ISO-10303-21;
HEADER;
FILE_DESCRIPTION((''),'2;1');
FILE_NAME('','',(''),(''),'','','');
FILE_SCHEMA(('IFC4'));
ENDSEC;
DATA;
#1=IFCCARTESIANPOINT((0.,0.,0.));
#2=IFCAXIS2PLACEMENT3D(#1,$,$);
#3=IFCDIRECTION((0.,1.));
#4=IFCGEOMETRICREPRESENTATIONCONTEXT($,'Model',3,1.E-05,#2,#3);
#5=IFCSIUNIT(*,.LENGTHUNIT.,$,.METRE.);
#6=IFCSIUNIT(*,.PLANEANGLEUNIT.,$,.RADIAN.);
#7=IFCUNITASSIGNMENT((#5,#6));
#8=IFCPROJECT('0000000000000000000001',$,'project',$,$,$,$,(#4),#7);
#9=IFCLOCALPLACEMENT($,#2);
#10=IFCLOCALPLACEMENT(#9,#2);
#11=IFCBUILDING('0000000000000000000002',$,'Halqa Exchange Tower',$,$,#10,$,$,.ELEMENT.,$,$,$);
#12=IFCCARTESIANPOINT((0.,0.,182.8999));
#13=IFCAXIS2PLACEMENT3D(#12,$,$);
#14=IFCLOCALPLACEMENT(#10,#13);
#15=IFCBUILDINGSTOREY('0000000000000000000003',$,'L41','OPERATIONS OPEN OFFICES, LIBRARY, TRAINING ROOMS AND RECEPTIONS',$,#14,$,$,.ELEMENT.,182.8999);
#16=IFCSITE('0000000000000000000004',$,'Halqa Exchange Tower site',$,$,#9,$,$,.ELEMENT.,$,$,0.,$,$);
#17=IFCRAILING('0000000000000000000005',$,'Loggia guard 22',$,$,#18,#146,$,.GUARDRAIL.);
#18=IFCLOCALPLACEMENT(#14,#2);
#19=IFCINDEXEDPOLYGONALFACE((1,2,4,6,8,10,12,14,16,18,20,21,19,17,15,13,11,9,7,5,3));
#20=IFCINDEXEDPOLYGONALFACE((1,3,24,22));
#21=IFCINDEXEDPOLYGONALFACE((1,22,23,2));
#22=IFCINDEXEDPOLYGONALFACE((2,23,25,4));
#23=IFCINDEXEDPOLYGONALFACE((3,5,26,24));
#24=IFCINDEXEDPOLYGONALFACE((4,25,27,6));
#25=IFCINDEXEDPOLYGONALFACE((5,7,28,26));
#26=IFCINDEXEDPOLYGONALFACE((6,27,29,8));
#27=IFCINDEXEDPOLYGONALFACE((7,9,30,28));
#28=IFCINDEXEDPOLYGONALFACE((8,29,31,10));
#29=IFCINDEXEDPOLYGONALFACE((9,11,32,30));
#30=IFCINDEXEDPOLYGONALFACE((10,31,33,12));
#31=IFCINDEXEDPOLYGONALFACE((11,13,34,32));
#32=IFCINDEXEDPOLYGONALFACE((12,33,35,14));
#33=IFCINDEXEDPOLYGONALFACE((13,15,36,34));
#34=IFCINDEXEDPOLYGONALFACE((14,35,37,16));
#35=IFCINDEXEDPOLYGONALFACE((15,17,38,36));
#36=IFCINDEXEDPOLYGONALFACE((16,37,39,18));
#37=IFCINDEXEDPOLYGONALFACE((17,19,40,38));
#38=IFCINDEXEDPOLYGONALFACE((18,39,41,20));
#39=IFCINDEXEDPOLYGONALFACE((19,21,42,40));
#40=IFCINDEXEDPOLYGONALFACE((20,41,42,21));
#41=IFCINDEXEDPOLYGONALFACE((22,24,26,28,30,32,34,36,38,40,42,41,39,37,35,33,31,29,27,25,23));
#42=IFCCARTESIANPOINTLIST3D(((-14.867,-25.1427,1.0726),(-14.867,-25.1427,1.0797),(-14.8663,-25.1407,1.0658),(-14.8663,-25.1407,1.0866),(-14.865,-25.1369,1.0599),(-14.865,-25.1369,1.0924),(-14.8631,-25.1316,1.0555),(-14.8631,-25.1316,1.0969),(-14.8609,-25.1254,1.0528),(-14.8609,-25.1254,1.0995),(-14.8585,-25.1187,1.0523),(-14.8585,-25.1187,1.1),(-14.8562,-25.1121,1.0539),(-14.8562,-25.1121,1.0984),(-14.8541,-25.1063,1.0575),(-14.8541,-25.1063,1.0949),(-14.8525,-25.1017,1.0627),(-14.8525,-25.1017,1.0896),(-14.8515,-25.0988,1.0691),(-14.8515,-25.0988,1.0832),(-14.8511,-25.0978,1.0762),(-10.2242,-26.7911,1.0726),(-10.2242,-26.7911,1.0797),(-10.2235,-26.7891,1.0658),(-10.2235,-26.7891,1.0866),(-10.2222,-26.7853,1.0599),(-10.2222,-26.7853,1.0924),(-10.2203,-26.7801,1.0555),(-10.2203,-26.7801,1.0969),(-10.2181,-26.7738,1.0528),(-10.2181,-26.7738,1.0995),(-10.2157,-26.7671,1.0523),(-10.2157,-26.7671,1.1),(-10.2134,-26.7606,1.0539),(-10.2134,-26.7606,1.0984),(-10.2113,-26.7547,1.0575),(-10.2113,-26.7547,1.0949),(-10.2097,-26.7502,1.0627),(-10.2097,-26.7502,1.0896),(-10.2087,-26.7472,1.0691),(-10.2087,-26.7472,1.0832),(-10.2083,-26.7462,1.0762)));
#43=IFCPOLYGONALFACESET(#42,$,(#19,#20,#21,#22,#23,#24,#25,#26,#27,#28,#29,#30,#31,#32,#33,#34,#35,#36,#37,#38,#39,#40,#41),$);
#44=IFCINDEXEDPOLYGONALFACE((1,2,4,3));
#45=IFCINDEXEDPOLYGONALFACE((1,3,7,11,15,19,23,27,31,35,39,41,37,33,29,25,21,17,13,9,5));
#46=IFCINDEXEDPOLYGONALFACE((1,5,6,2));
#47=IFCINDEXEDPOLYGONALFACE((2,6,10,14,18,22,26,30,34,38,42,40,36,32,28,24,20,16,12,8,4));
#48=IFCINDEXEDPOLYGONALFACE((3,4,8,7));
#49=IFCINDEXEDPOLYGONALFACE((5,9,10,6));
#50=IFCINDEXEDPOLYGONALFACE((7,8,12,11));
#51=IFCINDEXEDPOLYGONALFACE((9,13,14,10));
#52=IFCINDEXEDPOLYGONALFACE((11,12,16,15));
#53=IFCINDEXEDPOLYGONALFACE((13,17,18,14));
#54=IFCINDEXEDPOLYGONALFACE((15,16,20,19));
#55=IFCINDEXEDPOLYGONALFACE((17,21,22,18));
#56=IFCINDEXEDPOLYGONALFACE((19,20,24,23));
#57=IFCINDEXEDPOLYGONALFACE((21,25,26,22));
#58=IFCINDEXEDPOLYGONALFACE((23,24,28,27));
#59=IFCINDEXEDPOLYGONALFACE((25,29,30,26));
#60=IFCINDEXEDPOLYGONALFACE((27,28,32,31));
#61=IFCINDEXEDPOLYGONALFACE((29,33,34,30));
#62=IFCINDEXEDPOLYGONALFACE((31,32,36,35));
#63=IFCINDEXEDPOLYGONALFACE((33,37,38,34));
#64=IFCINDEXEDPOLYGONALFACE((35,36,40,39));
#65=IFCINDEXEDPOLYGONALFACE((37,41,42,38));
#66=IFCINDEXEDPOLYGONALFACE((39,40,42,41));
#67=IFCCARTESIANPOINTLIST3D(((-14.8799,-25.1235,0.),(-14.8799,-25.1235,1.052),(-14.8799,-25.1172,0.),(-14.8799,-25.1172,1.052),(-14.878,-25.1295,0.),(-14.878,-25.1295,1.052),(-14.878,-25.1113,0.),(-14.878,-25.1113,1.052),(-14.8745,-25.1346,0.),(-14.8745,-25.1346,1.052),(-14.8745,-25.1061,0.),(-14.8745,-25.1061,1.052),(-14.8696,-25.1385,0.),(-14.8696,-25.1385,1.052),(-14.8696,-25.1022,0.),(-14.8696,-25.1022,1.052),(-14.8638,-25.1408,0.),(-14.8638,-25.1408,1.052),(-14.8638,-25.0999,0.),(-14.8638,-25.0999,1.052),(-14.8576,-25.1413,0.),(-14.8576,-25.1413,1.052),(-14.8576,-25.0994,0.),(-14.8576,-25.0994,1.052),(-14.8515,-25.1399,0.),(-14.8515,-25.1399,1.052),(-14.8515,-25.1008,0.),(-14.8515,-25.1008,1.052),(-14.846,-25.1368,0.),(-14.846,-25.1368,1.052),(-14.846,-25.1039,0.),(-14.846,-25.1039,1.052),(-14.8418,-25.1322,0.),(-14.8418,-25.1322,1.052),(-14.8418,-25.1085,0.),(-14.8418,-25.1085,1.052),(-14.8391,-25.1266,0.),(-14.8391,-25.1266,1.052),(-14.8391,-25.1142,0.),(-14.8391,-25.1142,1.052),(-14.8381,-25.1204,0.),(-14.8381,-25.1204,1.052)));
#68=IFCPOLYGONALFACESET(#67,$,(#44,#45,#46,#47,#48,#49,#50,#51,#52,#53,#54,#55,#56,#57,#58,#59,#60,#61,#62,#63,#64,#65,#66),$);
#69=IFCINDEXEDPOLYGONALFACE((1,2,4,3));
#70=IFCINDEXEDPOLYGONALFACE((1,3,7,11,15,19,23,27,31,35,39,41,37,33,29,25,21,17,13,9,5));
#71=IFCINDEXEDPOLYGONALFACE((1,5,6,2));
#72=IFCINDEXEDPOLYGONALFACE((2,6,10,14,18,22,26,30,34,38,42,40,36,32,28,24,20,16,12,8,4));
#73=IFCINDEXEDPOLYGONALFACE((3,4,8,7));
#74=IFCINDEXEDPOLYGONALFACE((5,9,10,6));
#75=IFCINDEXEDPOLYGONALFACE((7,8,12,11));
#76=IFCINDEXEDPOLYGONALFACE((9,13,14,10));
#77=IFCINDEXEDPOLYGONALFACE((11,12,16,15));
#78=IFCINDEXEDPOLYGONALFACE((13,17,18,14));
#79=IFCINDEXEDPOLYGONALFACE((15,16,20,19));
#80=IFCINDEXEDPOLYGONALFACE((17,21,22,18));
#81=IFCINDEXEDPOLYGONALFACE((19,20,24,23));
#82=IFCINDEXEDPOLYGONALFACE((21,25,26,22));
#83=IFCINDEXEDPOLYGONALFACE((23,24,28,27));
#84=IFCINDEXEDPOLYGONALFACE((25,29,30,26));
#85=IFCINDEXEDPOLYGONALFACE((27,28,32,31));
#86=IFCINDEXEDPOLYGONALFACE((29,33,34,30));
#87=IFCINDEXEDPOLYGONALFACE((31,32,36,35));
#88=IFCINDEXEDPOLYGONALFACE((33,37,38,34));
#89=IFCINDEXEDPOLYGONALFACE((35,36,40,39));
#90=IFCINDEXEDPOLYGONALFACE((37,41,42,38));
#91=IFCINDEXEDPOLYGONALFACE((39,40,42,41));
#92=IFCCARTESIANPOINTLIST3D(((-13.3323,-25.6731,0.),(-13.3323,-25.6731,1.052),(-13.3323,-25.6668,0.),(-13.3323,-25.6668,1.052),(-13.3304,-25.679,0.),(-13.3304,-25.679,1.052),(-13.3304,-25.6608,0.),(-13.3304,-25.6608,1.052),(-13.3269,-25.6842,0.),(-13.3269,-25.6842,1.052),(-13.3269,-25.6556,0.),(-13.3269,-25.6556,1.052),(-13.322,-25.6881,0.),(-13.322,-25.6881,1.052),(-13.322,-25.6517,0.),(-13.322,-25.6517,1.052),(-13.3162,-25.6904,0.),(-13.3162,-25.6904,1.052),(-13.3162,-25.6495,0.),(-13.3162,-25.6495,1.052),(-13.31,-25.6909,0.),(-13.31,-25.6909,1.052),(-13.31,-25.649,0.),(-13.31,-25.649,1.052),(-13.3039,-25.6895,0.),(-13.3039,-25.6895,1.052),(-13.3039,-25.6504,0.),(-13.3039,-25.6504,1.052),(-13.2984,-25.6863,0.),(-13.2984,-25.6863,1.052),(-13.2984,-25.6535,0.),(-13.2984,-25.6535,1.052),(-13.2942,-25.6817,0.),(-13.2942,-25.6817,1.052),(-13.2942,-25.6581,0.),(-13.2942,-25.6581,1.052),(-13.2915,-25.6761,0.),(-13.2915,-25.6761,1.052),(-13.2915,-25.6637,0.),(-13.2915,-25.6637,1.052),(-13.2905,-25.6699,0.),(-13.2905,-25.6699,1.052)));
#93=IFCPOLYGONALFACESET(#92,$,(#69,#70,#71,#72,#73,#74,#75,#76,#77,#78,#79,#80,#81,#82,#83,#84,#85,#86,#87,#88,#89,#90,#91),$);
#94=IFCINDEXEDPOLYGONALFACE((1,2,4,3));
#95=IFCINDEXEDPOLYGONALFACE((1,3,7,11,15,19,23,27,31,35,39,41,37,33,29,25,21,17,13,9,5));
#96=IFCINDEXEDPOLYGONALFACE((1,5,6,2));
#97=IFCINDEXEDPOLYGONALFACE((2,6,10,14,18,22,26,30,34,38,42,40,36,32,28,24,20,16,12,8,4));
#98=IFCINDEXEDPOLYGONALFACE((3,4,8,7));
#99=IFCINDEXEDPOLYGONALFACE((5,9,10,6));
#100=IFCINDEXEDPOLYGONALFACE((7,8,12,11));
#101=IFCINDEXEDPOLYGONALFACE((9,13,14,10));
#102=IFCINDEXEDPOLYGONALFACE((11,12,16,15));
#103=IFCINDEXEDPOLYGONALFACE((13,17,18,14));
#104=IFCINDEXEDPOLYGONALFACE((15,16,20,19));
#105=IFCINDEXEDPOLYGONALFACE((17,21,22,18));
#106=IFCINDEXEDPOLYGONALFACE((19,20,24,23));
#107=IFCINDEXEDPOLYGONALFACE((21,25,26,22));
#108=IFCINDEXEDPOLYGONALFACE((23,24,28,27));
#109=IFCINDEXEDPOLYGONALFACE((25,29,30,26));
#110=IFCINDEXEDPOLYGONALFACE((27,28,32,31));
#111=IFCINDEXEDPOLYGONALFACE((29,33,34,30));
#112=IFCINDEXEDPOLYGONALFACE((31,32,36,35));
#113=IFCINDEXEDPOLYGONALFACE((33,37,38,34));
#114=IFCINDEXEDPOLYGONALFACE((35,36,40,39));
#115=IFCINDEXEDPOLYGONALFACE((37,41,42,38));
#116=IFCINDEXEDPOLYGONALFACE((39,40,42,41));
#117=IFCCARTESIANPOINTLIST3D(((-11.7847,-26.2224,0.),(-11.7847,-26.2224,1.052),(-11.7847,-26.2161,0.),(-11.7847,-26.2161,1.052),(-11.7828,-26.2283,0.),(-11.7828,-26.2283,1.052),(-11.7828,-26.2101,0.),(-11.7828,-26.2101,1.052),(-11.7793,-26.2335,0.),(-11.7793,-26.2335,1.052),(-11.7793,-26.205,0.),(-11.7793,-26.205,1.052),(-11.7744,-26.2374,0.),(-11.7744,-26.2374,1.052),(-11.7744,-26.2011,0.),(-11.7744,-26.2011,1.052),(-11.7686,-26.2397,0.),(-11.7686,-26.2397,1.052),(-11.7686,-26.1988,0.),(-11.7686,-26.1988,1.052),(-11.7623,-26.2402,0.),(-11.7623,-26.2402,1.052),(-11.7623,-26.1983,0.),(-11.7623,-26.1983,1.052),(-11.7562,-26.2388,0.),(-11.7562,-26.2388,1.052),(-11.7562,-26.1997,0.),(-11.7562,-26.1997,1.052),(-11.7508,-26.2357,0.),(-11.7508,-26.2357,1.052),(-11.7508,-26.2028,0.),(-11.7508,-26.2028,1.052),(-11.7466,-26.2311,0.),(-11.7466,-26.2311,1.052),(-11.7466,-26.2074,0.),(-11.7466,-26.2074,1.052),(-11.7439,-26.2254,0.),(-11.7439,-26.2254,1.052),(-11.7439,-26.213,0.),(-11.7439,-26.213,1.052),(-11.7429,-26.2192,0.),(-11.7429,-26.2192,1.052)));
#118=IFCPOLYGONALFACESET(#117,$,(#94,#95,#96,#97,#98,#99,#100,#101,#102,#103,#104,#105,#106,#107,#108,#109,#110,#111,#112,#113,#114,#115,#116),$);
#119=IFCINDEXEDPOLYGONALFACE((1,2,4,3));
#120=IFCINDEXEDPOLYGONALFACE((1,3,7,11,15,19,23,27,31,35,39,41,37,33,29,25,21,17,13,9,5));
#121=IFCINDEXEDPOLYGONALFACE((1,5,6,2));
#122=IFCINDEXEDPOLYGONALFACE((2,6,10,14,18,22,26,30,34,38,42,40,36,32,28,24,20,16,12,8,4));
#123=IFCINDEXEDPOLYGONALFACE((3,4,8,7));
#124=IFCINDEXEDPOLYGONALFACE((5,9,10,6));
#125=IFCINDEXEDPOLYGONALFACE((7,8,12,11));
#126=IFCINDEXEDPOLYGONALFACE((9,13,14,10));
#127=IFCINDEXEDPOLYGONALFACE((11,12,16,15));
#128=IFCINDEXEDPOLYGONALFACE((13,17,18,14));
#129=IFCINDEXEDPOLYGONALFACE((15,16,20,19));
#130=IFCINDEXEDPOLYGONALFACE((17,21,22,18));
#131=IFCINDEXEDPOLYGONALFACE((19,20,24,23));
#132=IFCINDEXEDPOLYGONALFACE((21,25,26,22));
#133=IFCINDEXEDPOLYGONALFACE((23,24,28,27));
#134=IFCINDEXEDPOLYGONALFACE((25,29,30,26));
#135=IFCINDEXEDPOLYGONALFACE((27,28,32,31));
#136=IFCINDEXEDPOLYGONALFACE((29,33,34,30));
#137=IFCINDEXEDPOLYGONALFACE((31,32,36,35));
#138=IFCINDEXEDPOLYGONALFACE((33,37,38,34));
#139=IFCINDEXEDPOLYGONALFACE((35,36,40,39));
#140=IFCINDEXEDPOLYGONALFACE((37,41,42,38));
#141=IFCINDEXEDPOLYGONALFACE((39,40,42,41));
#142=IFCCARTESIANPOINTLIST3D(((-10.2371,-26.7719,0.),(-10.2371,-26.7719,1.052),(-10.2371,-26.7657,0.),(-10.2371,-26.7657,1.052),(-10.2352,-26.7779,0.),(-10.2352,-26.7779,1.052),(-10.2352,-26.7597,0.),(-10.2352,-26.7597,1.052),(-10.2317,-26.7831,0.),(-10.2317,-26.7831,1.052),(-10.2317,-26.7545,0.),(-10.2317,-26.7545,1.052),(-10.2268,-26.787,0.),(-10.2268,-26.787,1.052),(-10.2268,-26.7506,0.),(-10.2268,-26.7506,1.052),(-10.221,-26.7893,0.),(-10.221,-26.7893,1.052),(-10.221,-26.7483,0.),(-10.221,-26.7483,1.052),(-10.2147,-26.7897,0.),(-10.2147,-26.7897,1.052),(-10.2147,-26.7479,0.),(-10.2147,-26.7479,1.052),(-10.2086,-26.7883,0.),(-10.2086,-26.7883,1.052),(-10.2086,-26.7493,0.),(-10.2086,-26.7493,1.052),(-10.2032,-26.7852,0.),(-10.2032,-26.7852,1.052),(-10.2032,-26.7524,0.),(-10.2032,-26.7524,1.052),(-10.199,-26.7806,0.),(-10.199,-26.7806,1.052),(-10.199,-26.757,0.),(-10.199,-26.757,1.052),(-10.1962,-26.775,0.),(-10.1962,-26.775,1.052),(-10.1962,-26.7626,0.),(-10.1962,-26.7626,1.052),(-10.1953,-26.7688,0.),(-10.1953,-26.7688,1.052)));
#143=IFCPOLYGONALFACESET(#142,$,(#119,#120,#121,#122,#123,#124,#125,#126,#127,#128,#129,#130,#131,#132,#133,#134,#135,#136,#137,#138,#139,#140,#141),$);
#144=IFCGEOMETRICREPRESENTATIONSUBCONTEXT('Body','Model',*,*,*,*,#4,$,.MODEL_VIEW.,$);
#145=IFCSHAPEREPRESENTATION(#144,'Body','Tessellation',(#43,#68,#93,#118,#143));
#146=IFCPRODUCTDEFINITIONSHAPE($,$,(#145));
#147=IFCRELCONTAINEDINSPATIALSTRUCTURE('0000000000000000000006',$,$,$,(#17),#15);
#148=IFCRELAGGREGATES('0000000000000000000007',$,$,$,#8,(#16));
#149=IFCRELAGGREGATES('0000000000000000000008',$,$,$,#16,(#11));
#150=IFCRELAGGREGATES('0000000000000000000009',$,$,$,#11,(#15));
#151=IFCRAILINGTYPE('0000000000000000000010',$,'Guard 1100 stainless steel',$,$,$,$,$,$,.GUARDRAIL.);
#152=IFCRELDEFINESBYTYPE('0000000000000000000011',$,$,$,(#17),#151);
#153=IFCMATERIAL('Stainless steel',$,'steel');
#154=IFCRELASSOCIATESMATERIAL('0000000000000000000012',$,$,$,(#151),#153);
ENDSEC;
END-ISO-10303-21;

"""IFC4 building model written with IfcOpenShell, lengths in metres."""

from ifc_helpers import new_model, si_unit, direction, frame, origin, origin_2d, place, context, subcontext, project, spatial, circle, extrude, material, type_object, element, save


model = new_model("IFC4")

# Units and contexts
model_context = context("Model", 3, precision=1e-05, world=origin(), true_north=direction((0.0, 1.0)))
body_context = subcontext(model_context, "Body", "Model", "MODEL_VIEW")
ifc_project = project(units=[si_unit("LENGTHUNIT", "METRE"), si_unit("PLANEANGLEUNIT", "RADIAN")], contexts=[model_context])

# Site, building, storey
site_placement = place(None, origin())
site = spatial("IfcSite", under=ifc_project, at=site_placement, Name="Halqa Exchange Tower site", CompositionType="ELEMENT", RefElevation=0.0)
building_placement = place(site_placement, origin())
building = spatial("IfcBuilding", under=site, at=building_placement, Name="Halqa Exchange Tower", CompositionType="ELEMENT")
storey_placement = place(building_placement, frame((0.0, 0.0, 182.8999)))
storey = spatial("IfcBuildingStorey", under=building, at=storey_placement, Name="L41", Description="OPERATIONS OPEN OFFICES, LIBRARY, TRAINING ROOMS AND RECEPTIONS", CompositionType="ELEMENT", Elevation=182.8999)

# Railing
ifc_material_1 = material(Name="Stainless steel", Category="steel")
railing_type = type_object("IfcRailingType", Name="Guard 1100 stainless steel", PredefinedType="GUARDRAIL", material=ifc_material_1)
railing_1_placement = place(storey_placement, frame((-14.8591, -25.1204, 0.0)))
element("IfcRailing", 1, at=railing_1_placement, inside=storey, type_object=railing_type, Name="Loggia guard 22", PredefinedType="GUARDRAIL", context=body_context, shape_type="SweptSolid", body=[
    extrude(circle(Radius=0.0239, at=origin_2d()), frame((0.0, 0.0, 1.0762), z_axis=(0.942365, -0.334587, 0.0), x_axis=(0.334587, 0.942365, 0.0)), (0.0, 0.0, 1.0), 4.9268),
    extrude(circle(Radius=0.021, at=origin_2d()), origin(), (0.0, 0.0, 1.0), 1.052),
    extrude(circle(Radius=0.021, at=origin_2d()), frame((1.5476, -0.5496, 0.0)), (0.0, 0.0, 1.0), 1.052),
    extrude(circle(Radius=0.021, at=origin_2d()), frame((3.0952, -1.0989, 0.0)), (0.0, 0.0, 1.0), 1.052),
    extrude(circle(Radius=0.021, at=origin_2d()), frame((4.6428, -1.6484, 0.0)), (0.0, 0.0, 1.0), 1.052),
])

save(model, "model.ifc")
